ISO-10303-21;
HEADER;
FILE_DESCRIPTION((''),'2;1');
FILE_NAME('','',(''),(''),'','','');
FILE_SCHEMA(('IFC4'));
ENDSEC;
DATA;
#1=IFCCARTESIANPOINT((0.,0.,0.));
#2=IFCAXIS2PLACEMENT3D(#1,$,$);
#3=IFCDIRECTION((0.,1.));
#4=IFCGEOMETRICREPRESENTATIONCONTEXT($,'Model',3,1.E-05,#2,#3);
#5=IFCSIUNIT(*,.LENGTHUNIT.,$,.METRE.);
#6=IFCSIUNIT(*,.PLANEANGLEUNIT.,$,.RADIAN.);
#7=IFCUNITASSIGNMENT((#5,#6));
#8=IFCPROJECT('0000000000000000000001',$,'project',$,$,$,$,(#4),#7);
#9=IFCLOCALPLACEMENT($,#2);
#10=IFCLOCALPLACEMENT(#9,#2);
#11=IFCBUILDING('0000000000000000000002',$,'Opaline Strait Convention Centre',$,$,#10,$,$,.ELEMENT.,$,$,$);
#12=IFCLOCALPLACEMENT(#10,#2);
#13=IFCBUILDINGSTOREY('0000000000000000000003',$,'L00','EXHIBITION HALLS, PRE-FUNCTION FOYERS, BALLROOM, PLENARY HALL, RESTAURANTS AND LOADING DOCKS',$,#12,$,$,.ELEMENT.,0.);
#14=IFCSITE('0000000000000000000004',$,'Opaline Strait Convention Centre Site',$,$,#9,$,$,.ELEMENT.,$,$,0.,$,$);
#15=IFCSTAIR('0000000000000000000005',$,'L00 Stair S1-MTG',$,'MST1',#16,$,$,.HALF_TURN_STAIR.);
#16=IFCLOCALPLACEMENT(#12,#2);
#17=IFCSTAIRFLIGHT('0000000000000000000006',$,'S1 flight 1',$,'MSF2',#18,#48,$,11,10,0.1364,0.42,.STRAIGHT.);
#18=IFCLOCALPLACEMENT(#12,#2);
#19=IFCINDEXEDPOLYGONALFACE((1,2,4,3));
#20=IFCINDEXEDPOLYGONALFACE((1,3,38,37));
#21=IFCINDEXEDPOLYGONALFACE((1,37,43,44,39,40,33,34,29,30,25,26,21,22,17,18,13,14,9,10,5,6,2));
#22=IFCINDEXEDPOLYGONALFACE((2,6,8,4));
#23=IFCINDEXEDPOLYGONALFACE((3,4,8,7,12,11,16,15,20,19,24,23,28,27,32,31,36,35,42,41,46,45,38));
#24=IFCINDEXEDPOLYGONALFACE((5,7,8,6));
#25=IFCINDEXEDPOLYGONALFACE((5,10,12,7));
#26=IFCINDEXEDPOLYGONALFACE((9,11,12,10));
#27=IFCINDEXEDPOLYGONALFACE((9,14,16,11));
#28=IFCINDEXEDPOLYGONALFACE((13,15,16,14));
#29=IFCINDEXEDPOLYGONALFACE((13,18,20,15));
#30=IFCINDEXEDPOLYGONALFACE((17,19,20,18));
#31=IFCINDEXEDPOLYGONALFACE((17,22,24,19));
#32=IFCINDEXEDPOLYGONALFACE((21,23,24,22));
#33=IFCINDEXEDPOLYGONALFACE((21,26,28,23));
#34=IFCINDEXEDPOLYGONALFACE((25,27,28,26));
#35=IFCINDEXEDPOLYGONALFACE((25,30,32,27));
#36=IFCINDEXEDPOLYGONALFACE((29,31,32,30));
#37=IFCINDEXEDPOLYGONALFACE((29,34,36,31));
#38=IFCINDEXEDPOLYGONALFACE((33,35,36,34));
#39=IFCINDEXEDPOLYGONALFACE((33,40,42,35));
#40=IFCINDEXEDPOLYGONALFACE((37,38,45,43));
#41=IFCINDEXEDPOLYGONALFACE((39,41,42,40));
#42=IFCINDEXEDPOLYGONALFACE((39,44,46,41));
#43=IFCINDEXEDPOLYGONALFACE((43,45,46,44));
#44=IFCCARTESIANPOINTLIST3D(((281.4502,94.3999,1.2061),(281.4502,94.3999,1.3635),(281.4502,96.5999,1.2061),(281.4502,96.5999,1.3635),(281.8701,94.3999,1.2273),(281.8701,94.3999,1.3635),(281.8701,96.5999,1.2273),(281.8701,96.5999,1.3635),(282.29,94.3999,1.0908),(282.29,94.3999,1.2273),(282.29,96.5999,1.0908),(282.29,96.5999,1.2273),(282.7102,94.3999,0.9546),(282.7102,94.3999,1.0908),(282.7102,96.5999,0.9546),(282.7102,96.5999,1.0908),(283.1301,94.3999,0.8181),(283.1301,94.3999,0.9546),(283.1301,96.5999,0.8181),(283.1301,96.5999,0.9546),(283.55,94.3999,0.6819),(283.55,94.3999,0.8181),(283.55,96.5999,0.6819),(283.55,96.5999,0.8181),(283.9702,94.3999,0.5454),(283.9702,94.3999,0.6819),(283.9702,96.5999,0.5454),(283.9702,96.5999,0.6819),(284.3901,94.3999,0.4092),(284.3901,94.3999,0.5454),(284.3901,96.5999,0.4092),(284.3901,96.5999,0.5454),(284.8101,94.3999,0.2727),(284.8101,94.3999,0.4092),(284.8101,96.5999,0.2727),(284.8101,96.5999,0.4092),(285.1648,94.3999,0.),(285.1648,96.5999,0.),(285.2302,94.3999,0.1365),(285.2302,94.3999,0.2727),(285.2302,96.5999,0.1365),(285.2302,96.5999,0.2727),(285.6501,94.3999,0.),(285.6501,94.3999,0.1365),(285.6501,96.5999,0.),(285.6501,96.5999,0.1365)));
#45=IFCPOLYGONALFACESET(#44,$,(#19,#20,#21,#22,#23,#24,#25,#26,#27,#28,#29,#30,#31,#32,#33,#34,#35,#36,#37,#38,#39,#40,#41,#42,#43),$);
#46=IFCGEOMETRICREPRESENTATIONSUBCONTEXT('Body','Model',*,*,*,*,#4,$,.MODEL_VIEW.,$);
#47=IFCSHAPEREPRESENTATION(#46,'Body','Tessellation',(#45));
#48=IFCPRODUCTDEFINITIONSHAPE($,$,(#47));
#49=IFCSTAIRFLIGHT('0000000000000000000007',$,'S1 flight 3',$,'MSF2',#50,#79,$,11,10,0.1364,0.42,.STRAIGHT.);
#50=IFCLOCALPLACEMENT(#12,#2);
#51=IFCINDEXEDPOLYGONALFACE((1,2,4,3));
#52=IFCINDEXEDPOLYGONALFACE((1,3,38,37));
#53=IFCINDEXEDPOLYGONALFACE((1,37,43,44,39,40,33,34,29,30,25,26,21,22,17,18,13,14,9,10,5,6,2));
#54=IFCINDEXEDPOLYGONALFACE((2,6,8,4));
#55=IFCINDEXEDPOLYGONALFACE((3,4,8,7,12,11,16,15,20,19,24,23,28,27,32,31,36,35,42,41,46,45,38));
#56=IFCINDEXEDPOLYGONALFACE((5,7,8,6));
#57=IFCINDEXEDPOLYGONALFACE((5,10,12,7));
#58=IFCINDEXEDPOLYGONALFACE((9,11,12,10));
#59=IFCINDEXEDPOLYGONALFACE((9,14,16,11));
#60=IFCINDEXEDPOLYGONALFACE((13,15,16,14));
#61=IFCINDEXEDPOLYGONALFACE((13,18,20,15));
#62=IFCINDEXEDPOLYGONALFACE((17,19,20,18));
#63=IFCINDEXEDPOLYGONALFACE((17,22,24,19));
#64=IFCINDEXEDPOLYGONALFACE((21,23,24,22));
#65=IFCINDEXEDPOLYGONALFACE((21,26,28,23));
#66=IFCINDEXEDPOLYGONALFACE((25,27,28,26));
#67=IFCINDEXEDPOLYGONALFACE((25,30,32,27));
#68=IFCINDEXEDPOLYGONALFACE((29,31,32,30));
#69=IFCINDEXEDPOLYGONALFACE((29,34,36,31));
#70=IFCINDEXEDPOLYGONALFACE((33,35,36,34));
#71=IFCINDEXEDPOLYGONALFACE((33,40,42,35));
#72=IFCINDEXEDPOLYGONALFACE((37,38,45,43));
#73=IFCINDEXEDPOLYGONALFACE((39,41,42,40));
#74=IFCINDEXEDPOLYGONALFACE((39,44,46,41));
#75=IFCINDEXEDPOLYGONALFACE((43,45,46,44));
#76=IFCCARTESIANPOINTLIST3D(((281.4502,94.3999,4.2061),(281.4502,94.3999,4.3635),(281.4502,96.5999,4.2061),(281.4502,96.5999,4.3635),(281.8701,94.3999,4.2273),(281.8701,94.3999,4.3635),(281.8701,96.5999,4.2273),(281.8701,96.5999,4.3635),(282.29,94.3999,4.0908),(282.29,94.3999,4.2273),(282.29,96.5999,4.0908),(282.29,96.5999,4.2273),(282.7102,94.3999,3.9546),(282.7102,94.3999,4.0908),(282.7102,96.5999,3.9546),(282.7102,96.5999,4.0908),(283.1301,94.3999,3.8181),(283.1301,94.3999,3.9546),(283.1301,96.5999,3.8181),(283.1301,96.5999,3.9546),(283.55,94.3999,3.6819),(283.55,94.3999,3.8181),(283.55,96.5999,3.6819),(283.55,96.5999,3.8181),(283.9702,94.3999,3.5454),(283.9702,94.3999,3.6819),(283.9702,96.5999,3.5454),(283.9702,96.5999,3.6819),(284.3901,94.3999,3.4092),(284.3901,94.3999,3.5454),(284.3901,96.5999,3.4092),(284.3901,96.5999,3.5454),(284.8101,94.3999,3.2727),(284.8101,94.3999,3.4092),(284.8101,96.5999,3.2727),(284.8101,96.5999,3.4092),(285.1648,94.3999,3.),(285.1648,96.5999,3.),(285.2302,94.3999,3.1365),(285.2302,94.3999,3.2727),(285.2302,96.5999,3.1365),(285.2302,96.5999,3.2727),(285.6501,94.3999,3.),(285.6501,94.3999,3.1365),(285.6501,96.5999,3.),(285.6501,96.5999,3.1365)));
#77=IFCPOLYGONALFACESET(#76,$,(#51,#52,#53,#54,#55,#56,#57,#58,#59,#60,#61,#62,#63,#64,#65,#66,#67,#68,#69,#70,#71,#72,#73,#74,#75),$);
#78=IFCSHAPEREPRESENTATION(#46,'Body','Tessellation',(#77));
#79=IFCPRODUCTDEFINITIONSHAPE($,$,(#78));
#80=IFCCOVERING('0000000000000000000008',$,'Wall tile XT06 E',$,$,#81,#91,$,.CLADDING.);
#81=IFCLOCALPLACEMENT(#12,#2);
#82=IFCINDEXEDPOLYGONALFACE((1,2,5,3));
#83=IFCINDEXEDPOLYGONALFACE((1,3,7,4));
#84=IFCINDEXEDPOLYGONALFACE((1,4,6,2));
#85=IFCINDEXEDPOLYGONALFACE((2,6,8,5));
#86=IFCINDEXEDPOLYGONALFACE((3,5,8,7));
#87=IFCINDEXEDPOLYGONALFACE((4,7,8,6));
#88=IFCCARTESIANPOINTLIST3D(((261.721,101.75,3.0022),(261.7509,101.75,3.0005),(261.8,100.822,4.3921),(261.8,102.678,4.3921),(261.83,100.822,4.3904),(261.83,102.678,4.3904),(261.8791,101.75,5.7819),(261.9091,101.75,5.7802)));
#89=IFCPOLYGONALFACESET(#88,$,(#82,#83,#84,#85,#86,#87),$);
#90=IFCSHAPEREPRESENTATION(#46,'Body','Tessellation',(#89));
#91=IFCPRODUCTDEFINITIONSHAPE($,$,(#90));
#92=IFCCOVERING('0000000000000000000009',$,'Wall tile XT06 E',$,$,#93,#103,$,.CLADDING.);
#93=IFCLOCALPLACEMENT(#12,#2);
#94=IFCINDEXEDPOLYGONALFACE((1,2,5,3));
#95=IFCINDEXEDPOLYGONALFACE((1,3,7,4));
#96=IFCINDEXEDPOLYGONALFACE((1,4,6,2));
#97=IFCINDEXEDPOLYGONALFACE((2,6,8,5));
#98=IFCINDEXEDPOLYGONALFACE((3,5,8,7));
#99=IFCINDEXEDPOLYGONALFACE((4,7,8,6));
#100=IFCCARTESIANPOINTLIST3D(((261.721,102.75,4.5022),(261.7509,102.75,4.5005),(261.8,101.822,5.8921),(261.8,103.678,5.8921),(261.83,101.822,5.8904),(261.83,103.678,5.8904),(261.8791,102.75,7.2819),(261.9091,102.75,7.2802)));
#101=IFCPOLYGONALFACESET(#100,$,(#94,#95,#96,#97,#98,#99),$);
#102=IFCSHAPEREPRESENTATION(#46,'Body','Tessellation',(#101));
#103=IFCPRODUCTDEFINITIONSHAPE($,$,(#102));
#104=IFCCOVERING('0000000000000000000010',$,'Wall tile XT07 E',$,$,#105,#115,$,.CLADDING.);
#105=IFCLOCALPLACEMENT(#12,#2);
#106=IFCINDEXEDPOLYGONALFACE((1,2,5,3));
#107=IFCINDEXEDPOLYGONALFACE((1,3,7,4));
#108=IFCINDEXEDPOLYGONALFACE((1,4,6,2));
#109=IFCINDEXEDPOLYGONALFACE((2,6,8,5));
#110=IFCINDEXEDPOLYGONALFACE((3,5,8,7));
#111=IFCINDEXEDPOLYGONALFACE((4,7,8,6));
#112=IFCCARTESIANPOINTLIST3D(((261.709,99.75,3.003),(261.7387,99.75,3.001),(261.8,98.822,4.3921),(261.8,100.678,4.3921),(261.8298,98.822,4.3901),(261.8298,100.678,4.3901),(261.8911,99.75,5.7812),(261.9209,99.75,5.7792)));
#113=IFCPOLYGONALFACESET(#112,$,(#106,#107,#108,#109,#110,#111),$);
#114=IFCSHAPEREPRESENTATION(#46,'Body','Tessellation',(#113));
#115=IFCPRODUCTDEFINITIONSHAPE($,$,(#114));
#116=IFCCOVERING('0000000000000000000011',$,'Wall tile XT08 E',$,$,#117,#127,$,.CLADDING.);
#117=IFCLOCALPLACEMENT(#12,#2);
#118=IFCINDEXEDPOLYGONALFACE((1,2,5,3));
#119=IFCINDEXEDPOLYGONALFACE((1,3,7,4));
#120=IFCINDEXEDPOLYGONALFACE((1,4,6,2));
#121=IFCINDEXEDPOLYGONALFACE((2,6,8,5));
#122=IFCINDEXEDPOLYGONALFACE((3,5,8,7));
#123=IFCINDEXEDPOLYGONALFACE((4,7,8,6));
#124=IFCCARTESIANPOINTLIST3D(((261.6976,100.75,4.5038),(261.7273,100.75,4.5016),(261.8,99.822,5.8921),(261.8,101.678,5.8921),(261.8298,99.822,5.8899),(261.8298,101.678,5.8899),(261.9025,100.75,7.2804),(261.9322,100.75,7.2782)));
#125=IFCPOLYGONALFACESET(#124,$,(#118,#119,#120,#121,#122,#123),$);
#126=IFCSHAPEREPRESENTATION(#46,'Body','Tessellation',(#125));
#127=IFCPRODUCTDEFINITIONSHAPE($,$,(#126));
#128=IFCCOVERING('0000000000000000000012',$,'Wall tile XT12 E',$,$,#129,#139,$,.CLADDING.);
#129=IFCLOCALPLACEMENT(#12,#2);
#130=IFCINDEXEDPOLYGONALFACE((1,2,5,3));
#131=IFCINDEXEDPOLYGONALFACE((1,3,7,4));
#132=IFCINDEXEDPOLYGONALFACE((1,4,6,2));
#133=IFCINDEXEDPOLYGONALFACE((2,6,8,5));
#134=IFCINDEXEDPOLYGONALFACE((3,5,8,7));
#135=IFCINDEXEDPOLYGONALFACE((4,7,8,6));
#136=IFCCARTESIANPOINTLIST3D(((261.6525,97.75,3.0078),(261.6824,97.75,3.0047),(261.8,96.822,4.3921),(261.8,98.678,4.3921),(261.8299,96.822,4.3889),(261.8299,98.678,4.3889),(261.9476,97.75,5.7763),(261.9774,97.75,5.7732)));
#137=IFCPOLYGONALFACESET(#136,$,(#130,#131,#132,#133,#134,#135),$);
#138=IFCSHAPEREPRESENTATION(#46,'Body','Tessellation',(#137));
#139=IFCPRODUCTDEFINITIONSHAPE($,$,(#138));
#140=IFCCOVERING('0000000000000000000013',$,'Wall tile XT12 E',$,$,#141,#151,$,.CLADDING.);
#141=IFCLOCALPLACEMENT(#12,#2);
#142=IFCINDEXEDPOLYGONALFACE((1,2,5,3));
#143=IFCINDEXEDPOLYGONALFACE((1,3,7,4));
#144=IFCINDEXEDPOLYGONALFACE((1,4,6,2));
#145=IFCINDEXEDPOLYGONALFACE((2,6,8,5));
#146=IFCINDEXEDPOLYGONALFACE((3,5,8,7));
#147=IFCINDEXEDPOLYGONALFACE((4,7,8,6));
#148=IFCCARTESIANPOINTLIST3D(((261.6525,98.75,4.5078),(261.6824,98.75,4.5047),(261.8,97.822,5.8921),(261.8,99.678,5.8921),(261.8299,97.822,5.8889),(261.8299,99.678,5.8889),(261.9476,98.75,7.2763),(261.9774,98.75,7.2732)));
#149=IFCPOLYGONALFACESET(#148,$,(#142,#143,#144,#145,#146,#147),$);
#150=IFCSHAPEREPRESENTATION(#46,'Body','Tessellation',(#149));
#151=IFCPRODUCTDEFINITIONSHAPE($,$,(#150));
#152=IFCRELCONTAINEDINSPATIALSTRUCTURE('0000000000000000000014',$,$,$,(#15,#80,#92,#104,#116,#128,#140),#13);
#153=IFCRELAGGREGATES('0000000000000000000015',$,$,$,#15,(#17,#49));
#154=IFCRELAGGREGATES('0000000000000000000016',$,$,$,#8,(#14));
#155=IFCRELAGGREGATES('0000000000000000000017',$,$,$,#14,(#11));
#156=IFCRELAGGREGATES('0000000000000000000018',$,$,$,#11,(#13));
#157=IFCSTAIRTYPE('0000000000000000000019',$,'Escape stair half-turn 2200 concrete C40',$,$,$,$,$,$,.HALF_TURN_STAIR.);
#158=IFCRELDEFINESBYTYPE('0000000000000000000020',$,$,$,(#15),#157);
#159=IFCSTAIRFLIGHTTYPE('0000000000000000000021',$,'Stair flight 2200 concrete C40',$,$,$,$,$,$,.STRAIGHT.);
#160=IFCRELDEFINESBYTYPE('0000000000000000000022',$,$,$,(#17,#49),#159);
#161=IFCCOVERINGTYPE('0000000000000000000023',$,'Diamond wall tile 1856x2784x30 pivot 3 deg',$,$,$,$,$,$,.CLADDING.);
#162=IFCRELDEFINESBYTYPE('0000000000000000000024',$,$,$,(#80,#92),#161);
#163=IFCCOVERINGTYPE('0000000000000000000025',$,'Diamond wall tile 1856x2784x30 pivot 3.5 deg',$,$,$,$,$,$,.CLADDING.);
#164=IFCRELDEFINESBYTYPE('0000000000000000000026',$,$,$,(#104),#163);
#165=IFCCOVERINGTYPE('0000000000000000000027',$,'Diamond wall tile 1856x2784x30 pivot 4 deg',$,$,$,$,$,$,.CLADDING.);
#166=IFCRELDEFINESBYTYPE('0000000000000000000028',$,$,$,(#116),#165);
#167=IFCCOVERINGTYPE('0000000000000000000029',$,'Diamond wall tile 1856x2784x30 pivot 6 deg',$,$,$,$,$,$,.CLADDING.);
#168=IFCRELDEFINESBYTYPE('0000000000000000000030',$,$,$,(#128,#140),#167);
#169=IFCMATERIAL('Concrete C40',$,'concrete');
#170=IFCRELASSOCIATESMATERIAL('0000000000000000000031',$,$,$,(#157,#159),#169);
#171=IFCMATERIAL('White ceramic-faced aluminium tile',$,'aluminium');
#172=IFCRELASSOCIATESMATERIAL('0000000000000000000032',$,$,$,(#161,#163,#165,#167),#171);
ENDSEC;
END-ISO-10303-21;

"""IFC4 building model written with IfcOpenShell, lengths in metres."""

from ifc_helpers import new_model, si_unit, direction, frame, origin, place, context, subcontext, project, spatial, polyline, outline, extrude, material, material_profile, profile_set, type_object, element, aggregate, save


model = new_model("IFC4")

# Units and contexts
model_context = context("Model", 3, precision=1e-05, world=origin(), true_north=direction((0.0, 1.0)))
body_context = subcontext(model_context, "Body", "Model", "MODEL_VIEW")
ifc_project = project(units=[si_unit("LENGTHUNIT", "METRE"), si_unit("PLANEANGLEUNIT", "RADIAN")], contexts=[model_context])

# Site, building, storey
site_placement = place(None, origin())
site = spatial("IfcSite", under=ifc_project, at=site_placement, Name="Opaline Strait Convention Centre Site", CompositionType="ELEMENT", RefElevation=0.0)
building_placement = place(site_placement, origin())
building = spatial("IfcBuilding", under=site, at=building_placement, Name="Opaline Strait Convention Centre", CompositionType="ELEMENT")
storey_placement = place(building_placement, origin())
storey = spatial("IfcBuildingStorey", under=building, at=storey_placement, Name="L00", Description="EXHIBITION HALLS, PRE-FUNCTION FOYERS, BALLROOM, PLENARY HALL, RESTAURANTS AND LOADING DOCKS", CompositionType="ELEMENT", Elevation=0.0)

# Shared definitions
ifc_material_1 = material(Name="Concrete C40", Category="concrete")

# Stair, stair flights
stair_type = type_object("IfcStairType", Name="Escape stair half-turn 2200 concrete C40", PredefinedType="HALF_TURN_STAIR", material=ifc_material_1)
stair_placement = place(storey_placement, origin())
stair = element("IfcStair", 1, at=stair_placement, inside=storey, type_object=stair_type, Name="L00 Stair S1-MTG", ObjectType="MST1", PredefinedType="HALF_TURN_STAIR")
stair_flight_type = type_object("IfcStairFlightType", Name="Stair flight 2200 concrete C40", PredefinedType="STRAIGHT", material=ifc_material_1)
stair_flight_1_placement = place(storey_placement, frame((285.6501, 95.5, 0.0), z_axis=(0.0, 0.0, 1.0), x_axis=(-1.0, 0.0, 0.0)))
stair_flight_1 = element("IfcStairFlight", 2, at=stair_flight_1_placement, type_object=stair_flight_type, Name="S1 flight 1", ObjectType="MSF2", NumberOfRisers=11, NumberOfTreads=10, PredefinedType="STRAIGHT", RiserHeight=0.1364, TreadLength=0.42, context=body_context, shape_type="SweptSolid", body=[
    extrude(outline(polyline([(0.0, 0.0), (0.0, 0.1365), (0.4199, 0.1365), (0.4199, 0.2727), (0.8401, 0.2727), (0.8401, 0.4092), (1.26, 0.4092), (1.26, 0.5454), (1.6799, 0.5454), (1.6799, 0.6819), (2.1001, 0.6819), (2.1001, 0.8181), (2.52, 0.8181), (2.52, 0.9546), (2.9399, 0.9546), (2.9399, 1.0908), (3.3601, 1.0908), (3.3601, 1.2273), (3.78, 1.2273), (3.78, 1.3635), (4.2, 1.3635), (4.2, 1.5), (4.2, 1.2061), (0.4854, 0.0), (0.0, 0.0)])), frame((0.0, 1.1001, 0.0), z_axis=(0.0, -1.0, 0.0), x_axis=(1.0, 0.0, 0.0)), (0.0, 0.0, 1.0), 2.2),
])
stair_flight_2_placement = place(storey_placement, frame((285.6501, 95.5, 3.0), z_axis=(0.0, 0.0, 1.0), x_axis=(-1.0, 0.0, 0.0)))
stair_flight_2 = element("IfcStairFlight", 3, at=stair_flight_2_placement, type_object=stair_flight_type, Name="S1 flight 3", ObjectType="MSF2", NumberOfRisers=11, NumberOfTreads=10, PredefinedType="STRAIGHT", RiserHeight=0.1364, TreadLength=0.42, context=body_context, shape_type="SweptSolid", body=[
    extrude(outline(polyline([(0.0, 0.0), (0.0, 0.1365), (0.4199, 0.1365), (0.4199, 0.2727), (0.8401, 0.2727), (0.8401, 0.4092), (1.26, 0.4092), (1.26, 0.5454), (1.6799, 0.5454), (1.6799, 0.6819), (2.1001, 0.6819), (2.1001, 0.8181), (2.52, 0.8181), (2.52, 0.9546), (2.9399, 0.9546), (2.9399, 1.0908), (3.3601, 1.0908), (3.3601, 1.2273), (3.78, 1.2273), (3.78, 1.3635), (4.2, 1.3635), (4.2, 1.5), (4.2, 1.2061), (0.4854, 0.0), (0.0, 0.0)])), frame((0.0, 1.1001, 0.0), z_axis=(0.0, -1.0, 0.0), x_axis=(1.0, 0.0, 0.0)), (0.0, 0.0, 1.0), 2.2),
])
aggregate(stair, [stair_flight_1, stair_flight_2])

# Coverings
ifc_material_2 = material(Name="White ceramic-faced aluminium tile", Category="aluminium")
ifc_material_profile_1 = material_profile(ifc_material_2, outline(polyline([(0.928, 0.0), (0.0, 1.3921), (-0.928, 0.0), (0.0, -1.3921), (0.928, 0.0)])), Name="Diamond tile 1856x2784")
ifc_profile_set_1 = profile_set([ifc_material_profile_1], Name="White ceramic-faced aluminium tile")
covering_type_1 = type_object("IfcCoveringType", Name="Diamond wall tile 1856x2784x30 pivot 3 deg", PredefinedType="CLADDING", material=ifc_profile_set_1)
for number, where, z_axis, x_axis, name in (
    (4, (261.8, 101.75, 4.3921), (0.998385, 0.0, -0.056819), (0.0, 1.0, 0.0), "Wall tile XT06 E"),
    (5, (261.8, 102.75, 5.8921), (0.998385, 0.0, -0.056819), (0.0, 1.0, 0.0), "Wall tile XT06 E"),
):
    element("IfcCovering", number, at=place(storey_placement, frame(where, z_axis=z_axis, x_axis=x_axis)), inside=storey, type_object=covering_type_1, Name=name, PredefinedType="CLADDING", context=body_context, shape_type="SweptSolid", body=[
        extrude(outline(polyline([(0.928, 0.0), (0.0, 1.3921), (-0.928, 0.0), (0.0, -1.3921), (0.928, 0.0)])), origin(), (0.0, 0.0, 1.0), 0.03),
    ])
ifc_material_profile_2 = material_profile(ifc_material_2, outline(polyline([(0.928, 0.0), (0.0, 1.3921), (-0.928, 0.0), (0.0, -1.3921), (0.928, 0.0)])), Name="Diamond tile 1856x2784")
ifc_profile_set_2 = profile_set([ifc_material_profile_2], Name="White ceramic-faced aluminium tile")
covering_type_2 = type_object("IfcCoveringType", Name="Diamond wall tile 1856x2784x30 pivot 3.5 deg", PredefinedType="CLADDING", material=ifc_profile_set_2)
covering_1_placement = place(storey_placement, frame((261.8, 99.75, 4.3921), z_axis=(0.997857, 0.0, -0.065433), x_axis=(0.0, 1.0, 0.0)))
element("IfcCovering", 6, at=covering_1_placement, inside=storey, type_object=covering_type_2, Name="Wall tile XT07 E", PredefinedType="CLADDING", context=body_context, shape_type="SweptSolid", body=[
    extrude(outline(polyline([(0.928, 0.0), (0.0, 1.3921), (-0.928, 0.0), (0.0, -1.3921), (0.928, 0.0)])), origin(), (0.0, 0.0, 1.0), 0.0298),
])
ifc_material_profile_3 = material_profile(ifc_material_2, outline(polyline([(0.928, 0.0), (0.0, 1.3921), (-0.928, 0.0), (0.0, -1.3921), (0.928, 0.0)])), Name="Diamond tile 1856x2784")
ifc_profile_set_3 = profile_set([ifc_material_profile_3], Name="White ceramic-faced aluminium tile")
covering_type_3 = type_object("IfcCoveringType", Name="Diamond wall tile 1856x2784x30 pivot 4 deg", PredefinedType="CLADDING", material=ifc_profile_set_3)
covering_2_placement = place(storey_placement, frame((261.8, 100.75, 5.8921), z_axis=(0.99729, 0.0, -0.073571), x_axis=(0.0, 1.0, 0.0)))
element("IfcCovering", 7, at=covering_2_placement, inside=storey, type_object=covering_type_3, Name="Wall tile XT08 E", PredefinedType="CLADDING", context=body_context, shape_type="SweptSolid", body=[
    extrude(outline(polyline([(0.928, 0.0), (0.0, 1.3921), (-0.928, 0.0), (0.0, -1.3921), (0.928, 0.0)])), origin(), (0.0, 0.0, 1.0), 0.0298),
])
ifc_material_profile_4 = material_profile(ifc_material_2, outline(polyline([(0.928, 0.0), (0.0, 1.3921), (-0.928, 0.0), (0.0, -1.3921), (0.928, 0.0)])), Name="Diamond tile 1856x2784")
ifc_profile_set_4 = profile_set([ifc_material_profile_4], Name="White ceramic-faced aluminium tile")
covering_type_4 = type_object("IfcCoveringType", Name="Diamond wall tile 1856x2784x30 pivot 6 deg", PredefinedType="CLADDING", material=ifc_profile_set_4)
for number, where, z_axis, x_axis, name in (
    (8, (261.8, 97.75, 4.3921), (0.994371, 0.0, -0.105958), (0.0, 1.0, 0.0), "Wall tile XT12 E"),
    (9, (261.8, 98.75, 5.8921), (0.994371, 0.0, -0.105958), (0.0, 1.0, 0.0), "Wall tile XT12 E"),
):
    element("IfcCovering", number, at=place(storey_placement, frame(where, z_axis=z_axis, x_axis=x_axis)), inside=storey, type_object=covering_type_4, Name=name, PredefinedType="CLADDING", context=body_context, shape_type="SweptSolid", body=[
        extrude(outline(polyline([(0.928, 0.0), (0.0, 1.3921), (-0.928, 0.0), (0.0, -1.3921), (0.928, 0.0)])), origin(), (0.0, 0.0, 1.0), 0.03),
    ])

save(model, "model.ifc")
